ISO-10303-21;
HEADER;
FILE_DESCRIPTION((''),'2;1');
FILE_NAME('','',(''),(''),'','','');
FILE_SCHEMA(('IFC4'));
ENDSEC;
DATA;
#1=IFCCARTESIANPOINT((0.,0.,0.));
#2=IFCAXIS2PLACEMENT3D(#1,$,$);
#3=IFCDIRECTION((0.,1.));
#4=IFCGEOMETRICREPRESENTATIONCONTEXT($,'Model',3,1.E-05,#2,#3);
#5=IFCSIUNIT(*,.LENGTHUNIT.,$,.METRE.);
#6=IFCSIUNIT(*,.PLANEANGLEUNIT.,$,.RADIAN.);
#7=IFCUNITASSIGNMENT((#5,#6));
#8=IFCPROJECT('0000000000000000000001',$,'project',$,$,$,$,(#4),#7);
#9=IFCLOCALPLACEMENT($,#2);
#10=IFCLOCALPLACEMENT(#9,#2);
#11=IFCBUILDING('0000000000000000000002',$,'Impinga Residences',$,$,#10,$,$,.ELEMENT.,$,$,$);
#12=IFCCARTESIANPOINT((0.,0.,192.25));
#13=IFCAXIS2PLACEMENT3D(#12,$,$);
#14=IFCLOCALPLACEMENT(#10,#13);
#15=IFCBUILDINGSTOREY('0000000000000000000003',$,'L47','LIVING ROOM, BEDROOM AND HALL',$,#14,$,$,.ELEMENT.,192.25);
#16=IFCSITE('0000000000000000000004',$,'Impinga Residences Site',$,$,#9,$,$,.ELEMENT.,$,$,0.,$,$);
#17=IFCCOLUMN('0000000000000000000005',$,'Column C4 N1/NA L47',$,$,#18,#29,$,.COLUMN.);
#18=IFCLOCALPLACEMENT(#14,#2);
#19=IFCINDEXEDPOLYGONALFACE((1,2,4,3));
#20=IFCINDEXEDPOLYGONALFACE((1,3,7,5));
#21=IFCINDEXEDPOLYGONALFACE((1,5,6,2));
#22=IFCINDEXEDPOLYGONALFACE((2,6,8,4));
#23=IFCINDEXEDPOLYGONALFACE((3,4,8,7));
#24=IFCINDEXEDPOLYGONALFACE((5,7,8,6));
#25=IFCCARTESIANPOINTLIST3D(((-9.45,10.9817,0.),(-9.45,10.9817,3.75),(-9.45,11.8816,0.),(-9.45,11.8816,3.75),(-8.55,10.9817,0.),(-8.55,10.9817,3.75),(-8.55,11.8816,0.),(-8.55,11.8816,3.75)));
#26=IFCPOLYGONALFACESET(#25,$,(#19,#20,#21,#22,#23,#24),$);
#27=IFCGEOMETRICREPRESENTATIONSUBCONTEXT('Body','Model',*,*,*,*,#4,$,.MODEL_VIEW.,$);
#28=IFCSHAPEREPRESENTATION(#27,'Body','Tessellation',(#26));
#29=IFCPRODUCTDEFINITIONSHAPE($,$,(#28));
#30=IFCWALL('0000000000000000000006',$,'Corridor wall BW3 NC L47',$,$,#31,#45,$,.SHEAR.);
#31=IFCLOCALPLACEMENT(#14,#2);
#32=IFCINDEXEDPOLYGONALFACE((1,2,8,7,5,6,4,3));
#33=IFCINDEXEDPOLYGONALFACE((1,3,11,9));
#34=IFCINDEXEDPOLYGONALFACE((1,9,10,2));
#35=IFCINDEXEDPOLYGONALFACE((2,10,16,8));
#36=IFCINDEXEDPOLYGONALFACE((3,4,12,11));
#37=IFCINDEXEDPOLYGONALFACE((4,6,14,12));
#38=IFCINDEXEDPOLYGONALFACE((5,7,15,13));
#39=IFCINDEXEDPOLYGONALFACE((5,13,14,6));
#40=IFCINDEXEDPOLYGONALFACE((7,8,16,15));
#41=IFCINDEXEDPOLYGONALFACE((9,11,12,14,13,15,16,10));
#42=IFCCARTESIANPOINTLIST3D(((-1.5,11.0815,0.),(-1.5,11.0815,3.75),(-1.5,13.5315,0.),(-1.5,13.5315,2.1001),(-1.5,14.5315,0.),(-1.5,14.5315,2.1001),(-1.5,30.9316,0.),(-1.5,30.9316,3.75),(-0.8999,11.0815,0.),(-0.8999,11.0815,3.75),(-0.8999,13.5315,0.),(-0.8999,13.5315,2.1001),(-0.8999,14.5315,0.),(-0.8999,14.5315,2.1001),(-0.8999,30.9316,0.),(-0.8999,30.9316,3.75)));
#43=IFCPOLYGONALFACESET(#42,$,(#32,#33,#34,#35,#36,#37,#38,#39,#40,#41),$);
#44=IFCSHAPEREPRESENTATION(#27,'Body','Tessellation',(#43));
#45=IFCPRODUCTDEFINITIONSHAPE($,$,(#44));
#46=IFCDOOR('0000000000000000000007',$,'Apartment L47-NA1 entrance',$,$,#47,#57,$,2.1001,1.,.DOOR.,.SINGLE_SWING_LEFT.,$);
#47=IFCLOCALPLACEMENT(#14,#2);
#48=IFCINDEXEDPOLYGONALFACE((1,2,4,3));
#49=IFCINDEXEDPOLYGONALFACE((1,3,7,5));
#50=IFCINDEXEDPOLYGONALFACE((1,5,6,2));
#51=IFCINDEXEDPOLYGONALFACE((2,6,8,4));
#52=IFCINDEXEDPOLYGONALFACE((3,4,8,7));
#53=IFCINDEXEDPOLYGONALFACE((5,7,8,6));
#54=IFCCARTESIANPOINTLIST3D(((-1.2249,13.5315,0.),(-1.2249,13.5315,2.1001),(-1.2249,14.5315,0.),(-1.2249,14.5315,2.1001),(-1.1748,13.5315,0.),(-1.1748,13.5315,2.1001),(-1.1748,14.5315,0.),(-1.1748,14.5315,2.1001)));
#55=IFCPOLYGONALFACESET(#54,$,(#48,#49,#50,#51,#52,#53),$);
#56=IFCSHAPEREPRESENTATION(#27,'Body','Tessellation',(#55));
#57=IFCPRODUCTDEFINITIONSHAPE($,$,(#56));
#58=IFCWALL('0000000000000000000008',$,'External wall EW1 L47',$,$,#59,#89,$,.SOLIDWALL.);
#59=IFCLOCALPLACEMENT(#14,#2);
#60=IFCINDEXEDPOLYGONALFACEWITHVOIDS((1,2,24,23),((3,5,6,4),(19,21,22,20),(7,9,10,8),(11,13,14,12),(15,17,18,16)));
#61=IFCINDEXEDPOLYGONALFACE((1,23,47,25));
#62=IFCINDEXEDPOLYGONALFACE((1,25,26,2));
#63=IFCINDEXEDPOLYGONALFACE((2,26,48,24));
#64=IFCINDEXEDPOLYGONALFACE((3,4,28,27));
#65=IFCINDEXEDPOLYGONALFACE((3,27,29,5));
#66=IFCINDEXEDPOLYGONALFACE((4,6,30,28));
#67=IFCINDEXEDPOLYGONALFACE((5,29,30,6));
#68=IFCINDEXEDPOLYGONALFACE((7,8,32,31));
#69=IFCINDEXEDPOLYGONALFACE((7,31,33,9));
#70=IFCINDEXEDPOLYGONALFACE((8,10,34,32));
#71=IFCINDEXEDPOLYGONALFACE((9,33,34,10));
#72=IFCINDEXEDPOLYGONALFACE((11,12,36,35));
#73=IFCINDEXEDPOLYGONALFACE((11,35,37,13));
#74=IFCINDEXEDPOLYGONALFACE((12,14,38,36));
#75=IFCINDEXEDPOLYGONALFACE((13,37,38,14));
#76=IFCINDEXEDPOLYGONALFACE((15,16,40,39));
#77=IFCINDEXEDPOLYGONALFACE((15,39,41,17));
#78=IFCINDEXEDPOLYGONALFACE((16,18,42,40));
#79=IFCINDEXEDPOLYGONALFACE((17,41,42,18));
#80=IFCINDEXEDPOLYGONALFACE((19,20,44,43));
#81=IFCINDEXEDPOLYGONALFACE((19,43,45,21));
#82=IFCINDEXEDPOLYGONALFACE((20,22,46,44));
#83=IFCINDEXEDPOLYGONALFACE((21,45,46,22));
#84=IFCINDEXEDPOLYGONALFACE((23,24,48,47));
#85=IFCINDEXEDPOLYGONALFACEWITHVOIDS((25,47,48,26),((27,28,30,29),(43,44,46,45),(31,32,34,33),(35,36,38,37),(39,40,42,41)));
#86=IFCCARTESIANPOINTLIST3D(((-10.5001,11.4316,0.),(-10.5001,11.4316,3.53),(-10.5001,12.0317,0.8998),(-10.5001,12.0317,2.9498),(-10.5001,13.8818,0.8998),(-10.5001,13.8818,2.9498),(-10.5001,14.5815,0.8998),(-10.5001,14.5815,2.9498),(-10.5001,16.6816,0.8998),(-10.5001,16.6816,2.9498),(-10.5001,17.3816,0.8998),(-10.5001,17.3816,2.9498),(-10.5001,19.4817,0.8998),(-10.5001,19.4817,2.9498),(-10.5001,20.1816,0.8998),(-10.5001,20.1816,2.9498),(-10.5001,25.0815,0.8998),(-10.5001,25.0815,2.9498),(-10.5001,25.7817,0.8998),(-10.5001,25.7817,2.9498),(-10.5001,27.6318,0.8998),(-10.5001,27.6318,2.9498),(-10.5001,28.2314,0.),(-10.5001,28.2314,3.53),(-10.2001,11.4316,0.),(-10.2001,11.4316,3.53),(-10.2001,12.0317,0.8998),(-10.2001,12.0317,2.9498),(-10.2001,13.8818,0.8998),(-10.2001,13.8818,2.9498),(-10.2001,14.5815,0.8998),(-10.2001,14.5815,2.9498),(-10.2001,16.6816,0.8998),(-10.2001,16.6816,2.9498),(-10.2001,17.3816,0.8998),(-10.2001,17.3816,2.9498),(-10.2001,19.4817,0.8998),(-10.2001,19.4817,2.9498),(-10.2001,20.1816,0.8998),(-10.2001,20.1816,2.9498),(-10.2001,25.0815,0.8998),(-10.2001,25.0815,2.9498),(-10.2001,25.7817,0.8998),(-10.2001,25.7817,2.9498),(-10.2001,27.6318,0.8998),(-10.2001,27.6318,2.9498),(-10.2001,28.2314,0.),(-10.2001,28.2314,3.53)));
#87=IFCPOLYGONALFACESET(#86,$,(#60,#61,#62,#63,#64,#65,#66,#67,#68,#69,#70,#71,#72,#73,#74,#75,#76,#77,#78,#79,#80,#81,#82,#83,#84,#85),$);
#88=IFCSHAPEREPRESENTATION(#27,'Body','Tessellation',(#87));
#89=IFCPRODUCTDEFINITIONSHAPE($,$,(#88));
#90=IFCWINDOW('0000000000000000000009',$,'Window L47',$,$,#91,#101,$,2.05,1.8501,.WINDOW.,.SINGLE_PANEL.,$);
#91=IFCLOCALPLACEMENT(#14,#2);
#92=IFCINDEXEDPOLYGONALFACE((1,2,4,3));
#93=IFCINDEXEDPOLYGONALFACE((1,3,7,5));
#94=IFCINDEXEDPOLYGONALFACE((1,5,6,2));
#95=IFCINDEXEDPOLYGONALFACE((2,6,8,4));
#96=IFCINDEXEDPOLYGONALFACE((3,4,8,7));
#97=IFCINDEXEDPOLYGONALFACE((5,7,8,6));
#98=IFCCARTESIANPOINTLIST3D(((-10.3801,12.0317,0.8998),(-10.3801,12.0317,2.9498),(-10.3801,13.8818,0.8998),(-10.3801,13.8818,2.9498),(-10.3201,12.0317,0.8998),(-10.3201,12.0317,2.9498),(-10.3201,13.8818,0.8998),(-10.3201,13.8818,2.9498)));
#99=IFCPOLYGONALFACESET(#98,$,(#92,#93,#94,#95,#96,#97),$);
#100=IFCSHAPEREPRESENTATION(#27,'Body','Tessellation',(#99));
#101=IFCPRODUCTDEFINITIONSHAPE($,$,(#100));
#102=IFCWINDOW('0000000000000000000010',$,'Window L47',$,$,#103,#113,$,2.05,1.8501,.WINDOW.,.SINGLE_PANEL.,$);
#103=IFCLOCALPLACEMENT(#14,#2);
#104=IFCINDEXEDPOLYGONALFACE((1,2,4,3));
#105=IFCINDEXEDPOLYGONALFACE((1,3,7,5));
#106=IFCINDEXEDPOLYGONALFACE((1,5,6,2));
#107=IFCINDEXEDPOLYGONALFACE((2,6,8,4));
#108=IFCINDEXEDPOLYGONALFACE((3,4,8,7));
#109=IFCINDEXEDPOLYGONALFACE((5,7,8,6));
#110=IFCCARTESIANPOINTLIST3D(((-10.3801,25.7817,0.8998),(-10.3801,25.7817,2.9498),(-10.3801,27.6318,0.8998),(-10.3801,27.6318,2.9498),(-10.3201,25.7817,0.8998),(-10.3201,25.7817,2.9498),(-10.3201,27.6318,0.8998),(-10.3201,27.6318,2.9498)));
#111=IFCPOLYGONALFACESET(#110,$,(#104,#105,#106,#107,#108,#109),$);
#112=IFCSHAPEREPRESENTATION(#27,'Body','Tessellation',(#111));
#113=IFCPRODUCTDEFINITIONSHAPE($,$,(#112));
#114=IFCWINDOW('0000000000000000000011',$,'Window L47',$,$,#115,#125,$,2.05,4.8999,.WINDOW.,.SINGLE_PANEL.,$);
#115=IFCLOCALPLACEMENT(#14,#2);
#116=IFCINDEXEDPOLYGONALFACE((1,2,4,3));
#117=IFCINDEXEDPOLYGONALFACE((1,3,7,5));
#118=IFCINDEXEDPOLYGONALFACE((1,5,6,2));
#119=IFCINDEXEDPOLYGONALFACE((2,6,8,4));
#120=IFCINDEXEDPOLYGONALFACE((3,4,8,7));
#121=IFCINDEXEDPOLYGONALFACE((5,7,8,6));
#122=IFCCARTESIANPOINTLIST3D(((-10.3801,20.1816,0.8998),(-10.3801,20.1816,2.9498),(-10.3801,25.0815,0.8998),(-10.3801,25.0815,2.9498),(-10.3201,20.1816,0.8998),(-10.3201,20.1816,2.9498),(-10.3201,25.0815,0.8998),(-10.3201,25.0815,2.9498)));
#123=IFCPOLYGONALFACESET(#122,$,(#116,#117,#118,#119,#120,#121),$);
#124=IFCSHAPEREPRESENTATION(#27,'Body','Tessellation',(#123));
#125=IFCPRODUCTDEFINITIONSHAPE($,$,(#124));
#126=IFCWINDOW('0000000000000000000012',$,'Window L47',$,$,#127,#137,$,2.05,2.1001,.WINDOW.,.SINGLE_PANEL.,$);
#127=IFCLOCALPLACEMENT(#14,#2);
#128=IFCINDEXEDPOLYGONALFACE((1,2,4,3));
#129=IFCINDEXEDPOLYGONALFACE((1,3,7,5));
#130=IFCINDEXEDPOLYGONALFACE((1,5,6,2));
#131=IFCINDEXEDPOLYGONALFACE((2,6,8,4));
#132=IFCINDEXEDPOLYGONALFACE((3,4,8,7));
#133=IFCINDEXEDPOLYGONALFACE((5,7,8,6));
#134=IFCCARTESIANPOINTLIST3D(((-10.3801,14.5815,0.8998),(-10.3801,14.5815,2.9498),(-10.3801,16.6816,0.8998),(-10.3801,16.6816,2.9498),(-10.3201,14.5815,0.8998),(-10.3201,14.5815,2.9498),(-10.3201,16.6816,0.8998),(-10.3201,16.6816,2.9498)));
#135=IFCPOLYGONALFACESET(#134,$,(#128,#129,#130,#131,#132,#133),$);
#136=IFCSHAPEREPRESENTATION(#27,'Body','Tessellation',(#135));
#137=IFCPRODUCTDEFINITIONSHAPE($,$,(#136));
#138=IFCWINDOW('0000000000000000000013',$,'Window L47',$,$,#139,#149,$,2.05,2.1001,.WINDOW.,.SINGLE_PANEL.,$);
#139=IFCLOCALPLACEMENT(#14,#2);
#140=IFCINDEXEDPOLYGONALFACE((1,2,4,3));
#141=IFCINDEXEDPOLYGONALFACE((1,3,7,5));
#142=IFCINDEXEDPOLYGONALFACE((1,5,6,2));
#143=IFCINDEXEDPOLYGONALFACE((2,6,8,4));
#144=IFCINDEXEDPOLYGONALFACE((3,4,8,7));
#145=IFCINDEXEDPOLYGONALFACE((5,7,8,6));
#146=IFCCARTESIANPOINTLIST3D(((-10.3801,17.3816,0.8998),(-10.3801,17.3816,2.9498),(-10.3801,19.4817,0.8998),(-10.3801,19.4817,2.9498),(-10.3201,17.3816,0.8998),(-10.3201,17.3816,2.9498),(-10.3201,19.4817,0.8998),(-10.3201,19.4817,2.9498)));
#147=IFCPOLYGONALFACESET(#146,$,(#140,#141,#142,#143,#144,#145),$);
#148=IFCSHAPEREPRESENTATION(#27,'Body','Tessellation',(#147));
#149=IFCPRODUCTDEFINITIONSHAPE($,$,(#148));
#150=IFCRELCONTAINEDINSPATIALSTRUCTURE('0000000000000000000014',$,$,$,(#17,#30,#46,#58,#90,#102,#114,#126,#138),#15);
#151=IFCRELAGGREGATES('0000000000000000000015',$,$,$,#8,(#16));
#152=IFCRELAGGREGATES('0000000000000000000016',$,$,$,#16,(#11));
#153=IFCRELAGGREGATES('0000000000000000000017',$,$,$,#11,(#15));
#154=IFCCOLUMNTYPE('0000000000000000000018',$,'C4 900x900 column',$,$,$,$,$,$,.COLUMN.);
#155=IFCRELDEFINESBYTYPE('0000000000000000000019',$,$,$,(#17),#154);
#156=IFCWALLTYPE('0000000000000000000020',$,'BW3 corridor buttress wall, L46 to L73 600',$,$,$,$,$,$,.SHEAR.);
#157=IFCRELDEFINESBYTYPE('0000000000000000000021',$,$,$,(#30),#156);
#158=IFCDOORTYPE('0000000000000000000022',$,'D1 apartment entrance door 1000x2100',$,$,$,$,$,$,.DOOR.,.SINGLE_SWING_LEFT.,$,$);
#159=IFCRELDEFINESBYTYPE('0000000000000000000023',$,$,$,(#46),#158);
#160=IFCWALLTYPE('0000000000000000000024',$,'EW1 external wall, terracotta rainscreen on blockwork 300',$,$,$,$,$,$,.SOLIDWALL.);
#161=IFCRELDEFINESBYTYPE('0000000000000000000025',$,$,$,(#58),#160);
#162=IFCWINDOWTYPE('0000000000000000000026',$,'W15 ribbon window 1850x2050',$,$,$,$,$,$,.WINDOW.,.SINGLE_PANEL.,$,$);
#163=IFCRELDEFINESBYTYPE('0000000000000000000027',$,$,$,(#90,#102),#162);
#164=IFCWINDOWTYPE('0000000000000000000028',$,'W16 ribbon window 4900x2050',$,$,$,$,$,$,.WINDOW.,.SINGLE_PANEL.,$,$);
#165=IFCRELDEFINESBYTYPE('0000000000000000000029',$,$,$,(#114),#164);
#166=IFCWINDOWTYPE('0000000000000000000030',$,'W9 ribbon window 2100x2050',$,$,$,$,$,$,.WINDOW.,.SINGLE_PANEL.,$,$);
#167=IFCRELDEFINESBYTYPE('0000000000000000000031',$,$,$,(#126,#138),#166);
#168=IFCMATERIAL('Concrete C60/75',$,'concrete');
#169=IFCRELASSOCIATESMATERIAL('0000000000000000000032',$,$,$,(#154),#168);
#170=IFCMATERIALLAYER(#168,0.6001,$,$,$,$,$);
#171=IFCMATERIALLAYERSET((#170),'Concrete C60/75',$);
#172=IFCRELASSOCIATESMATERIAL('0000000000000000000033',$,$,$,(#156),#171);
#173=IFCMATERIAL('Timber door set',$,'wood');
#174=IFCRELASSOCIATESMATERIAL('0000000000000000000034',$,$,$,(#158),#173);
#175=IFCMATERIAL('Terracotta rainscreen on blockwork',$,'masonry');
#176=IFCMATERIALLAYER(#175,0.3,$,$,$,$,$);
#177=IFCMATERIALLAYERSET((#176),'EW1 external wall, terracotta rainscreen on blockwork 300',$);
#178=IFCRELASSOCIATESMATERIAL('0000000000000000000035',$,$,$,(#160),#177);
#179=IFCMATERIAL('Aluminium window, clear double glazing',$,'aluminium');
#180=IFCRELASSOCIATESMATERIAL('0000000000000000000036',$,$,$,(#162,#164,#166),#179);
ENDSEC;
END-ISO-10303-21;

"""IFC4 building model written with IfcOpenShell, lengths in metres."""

from ifc_helpers import new_model, si_unit, direction, frame, frame_2d, origin, origin_2d, place, context, subcontext, project, spatial, rectangle, extrude, material, layer, layer_set, material_profile, profile_set, type_object, element, fill, save


model = new_model("IFC4")

# Units and contexts
model_context = context("Model", 3, precision=1e-05, world=origin(), true_north=direction((0.0, 1.0)))
body_context = subcontext(model_context, "Body", "Model", "MODEL_VIEW")
ifc_project = project(units=[si_unit("LENGTHUNIT", "METRE"), si_unit("PLANEANGLEUNIT", "RADIAN")], contexts=[model_context])

# Site, building, storey
site_placement = place(None, origin())
site = spatial("IfcSite", under=ifc_project, at=site_placement, Name="Impinga Residences Site", CompositionType="ELEMENT", RefElevation=0.0)
building_placement = place(site_placement, origin())
building = spatial("IfcBuilding", under=site, at=building_placement, Name="Impinga Residences", CompositionType="ELEMENT")
storey_placement = place(building_placement, frame((0.0, 0.0, 192.25)))
storey = spatial("IfcBuildingStorey", under=building, at=storey_placement, Name="L47", Description="LIVING ROOM, BEDROOM AND HALL", CompositionType="ELEMENT", Elevation=192.25)

# Column
ifc_material_1 = material(Name="Concrete C60/75", Category="concrete")
ifc_material_profile = material_profile(ifc_material_1, rectangle(XDim=0.8999, YDim=0.8999, at=origin_2d()), Name="RC 900x900")
ifc_profile_set = profile_set([ifc_material_profile], Name="Concrete C60/75")
column_type = type_object("IfcColumnType", Name="C4 900x900 column", PredefinedType="COLUMN", material=ifc_profile_set)
column_placement = place(storey_placement, frame((-9.0, 11.4316, 0.0), z_axis=(0.0, 0.0, 1.0), x_axis=(1.0, 0.0, 0.0)))
element("IfcColumn", 1, at=column_placement, inside=storey, type_object=column_type, Name="Column C4 N1/NA L47", PredefinedType="COLUMN", context=body_context, shape_type="SweptSolid", body=[
    extrude(rectangle(XDim=0.8999, YDim=0.8999, at=origin_2d()), origin(), (0.0, 0.0, 1.0), 3.75),
])

# Wall, opening, door
ifc_layer_1 = layer(ifc_material_1, 0.6001)
ifc_layer_set_1 = layer_set([ifc_layer_1], Name="Concrete C60/75")
wall_type_1 = type_object("IfcWallType", Name="BW3 corridor buttress wall, L46 to L73 600", PredefinedType="SHEAR", material=ifc_layer_set_1)
wall_1_placement = place(storey_placement, frame((-1.2, 11.0815, 0.0), z_axis=(0.0, 0.0, 1.0), x_axis=(0.0, 1.0, 0.0)))
wall_1 = element("IfcWall", 2, at=wall_1_placement, inside=storey, type_object=wall_type_1, Name="Corridor wall BW3 NC L47", PredefinedType="SHEAR", context=body_context, shape_type="SweptSolid", body=[
    extrude(rectangle(XDim=19.8501, YDim=0.6001, at=frame_2d((9.925, 0.0))), origin(), (0.0, 0.0, 1.0), 3.75),
])
opening_1_placement = place(wall_1_placement, frame((2.45, 0.0, 0.0)))
opening_1 = element("IfcOpeningElement", 3, at=opening_1_placement, cuts=wall_1, PredefinedType="OPENING", context=body_context, shape_type="SweptSolid", body=[
    extrude(rectangle(XDim=1.0, YDim=2.1001, at=frame_2d((0.5, 1.05))), frame((0.0, 0.3101, 0.0), z_axis=(0.0, -1.0, 0.0), x_axis=(1.0, 0.0, 0.0)), (0.0, 0.0, 1.0), 0.6201),
])
ifc_material_2 = material(Name="Timber door set", Category="wood")
door_type_1 = type_object("IfcDoorType", Name="D1 apartment entrance door 1000x2100", OperationType="SINGLE_SWING_LEFT", PredefinedType="DOOR", material=ifc_material_2)
door_1_placement = place(opening_1_placement, origin())
door_1 = element("IfcDoor", 4, at=door_1_placement, inside=storey, type_object=door_type_1, Name="Apartment L47-NA1 entrance", OperationType="SINGLE_SWING_LEFT", OverallHeight=2.1001, OverallWidth=1.0, PredefinedType="DOOR", context=body_context, shape_type="SweptSolid", body=[
    extrude(rectangle(XDim=1.0, YDim=2.1001, at=frame_2d((0.5, 1.05))), frame((0.0, 0.0249, 0.0), z_axis=(0.0, -1.0, 0.0), x_axis=(1.0, 0.0, 0.0)), (0.0, 0.0, 1.0), 0.05),
])
fill(opening_1, door_1)

# Wall, openings, windows
ifc_material_3 = material(Name="Terracotta rainscreen on blockwork", Category="masonry")
ifc_layer_2 = layer(ifc_material_3, 0.3)
ifc_layer_set_2 = layer_set([ifc_layer_2], Name="EW1 external wall, terracotta rainscreen on blockwork 300")
wall_type_2 = type_object("IfcWallType", Name="EW1 external wall, terracotta rainscreen on blockwork 300", PredefinedType="SOLIDWALL", material=ifc_layer_set_2)
wall_2_placement = place(storey_placement, frame((-10.3501, 11.4316, 0.0), z_axis=(0.0, 0.0, 1.0), x_axis=(0.0, 1.0, 0.0)))
wall_2 = element("IfcWall", 5, at=wall_2_placement, inside=storey, type_object=wall_type_2, Name="External wall EW1 L47", PredefinedType="SOLIDWALL", context=body_context, shape_type="SweptSolid", body=[
    extrude(rectangle(XDim=16.7998, YDim=0.3, at=frame_2d((8.3999, 0.0))), origin(), (0.0, 0.0, 1.0), 3.53),
])
opening_2_placement = place(wall_2_placement, frame((0.6001, 0.0, 0.8999)))
opening_2 = element("IfcOpeningElement", 6, at=opening_2_placement, cuts=wall_2, PredefinedType="OPENING", context=body_context, shape_type="SweptSolid", body=[
    extrude(rectangle(XDim=1.8501, YDim=2.05, at=frame_2d((0.925, 1.0249))), frame((0.0, 0.1599, 0.0), z_axis=(0.0, -1.0, 0.0), x_axis=(1.0, 0.0, 0.0)), (0.0, 0.0, 1.0), 0.3201),
])
opening_3_placement = place(wall_2_placement, frame((3.1499, 0.0, 0.8999)))
opening_3 = element("IfcOpeningElement", 7, at=opening_3_placement, cuts=wall_2, PredefinedType="OPENING", context=body_context, shape_type="SweptSolid", body=[
    extrude(rectangle(XDim=2.1001, YDim=2.05, at=frame_2d((1.05, 1.0249))), frame((0.0, 0.1599, 0.0), z_axis=(0.0, -1.0, 0.0), x_axis=(1.0, 0.0, 0.0)), (0.0, 0.0, 1.0), 0.3201),
])
opening_4_placement = place(wall_2_placement, frame((5.95, 0.0, 0.8999)))
opening_4 = element("IfcOpeningElement", 8, at=opening_4_placement, cuts=wall_2, PredefinedType="OPENING", context=body_context, shape_type="SweptSolid", body=[
    extrude(rectangle(XDim=2.1001, YDim=2.05, at=frame_2d((1.05, 1.0249))), frame((0.0, 0.1599, 0.0), z_axis=(0.0, -1.0, 0.0), x_axis=(1.0, 0.0, 0.0)), (0.0, 0.0, 1.0), 0.3201),
])
opening_5_placement = place(wall_2_placement, frame((8.75, 0.0, 0.8999)))
opening_5 = element("IfcOpeningElement", 9, at=opening_5_placement, cuts=wall_2, PredefinedType="OPENING", context=body_context, shape_type="SweptSolid", body=[
    extrude(rectangle(XDim=4.8999, YDim=2.05, at=frame_2d((2.45, 1.0249))), frame((0.0, 0.1599, 0.0), z_axis=(0.0, -1.0, 0.0), x_axis=(1.0, 0.0, 0.0)), (0.0, 0.0, 1.0), 0.3201),
])
opening_6_placement = place(wall_2_placement, frame((14.3501, 0.0, 0.8999)))
opening_6 = element("IfcOpeningElement", 10, at=opening_6_placement, cuts=wall_2, PredefinedType="OPENING", context=body_context, shape_type="SweptSolid", body=[
    extrude(rectangle(XDim=1.8501, YDim=2.05, at=frame_2d((0.925, 1.0249))), frame((0.0, 0.1599, 0.0), z_axis=(0.0, -1.0, 0.0), x_axis=(1.0, 0.0, 0.0)), (0.0, 0.0, 1.0), 0.3201),
])
ifc_material_4 = material(Name="Aluminium window, clear double glazing", Category="aluminium")
window_type_1 = type_object("IfcWindowType", Name="W15 ribbon window 1850x2050", PartitioningType="SINGLE_PANEL", PredefinedType="WINDOW", material=ifc_material_4)
window_1_placement = place(opening_2_placement, origin())
window_1 = element("IfcWindow", 11, at=window_1_placement, inside=storey, type_object=window_type_1, Name="Window L47", OverallHeight=2.05, OverallWidth=1.8501, PartitioningType="SINGLE_PANEL", PredefinedType="WINDOW", context=body_context, shape_type="SweptSolid", body=[
    extrude(rectangle(XDim=1.8501, YDim=2.05, at=frame_2d((0.925, 1.0249))), frame((0.0, 0.03, 0.0), z_axis=(0.0, -1.0, 0.0), x_axis=(1.0, 0.0, 0.0)), (0.0, 0.0, 1.0), 0.0601),
])
fill(opening_2, window_1)
window_2_placement = place(opening_6_placement, origin())
window_2 = element("IfcWindow", 12, at=window_2_placement, inside=storey, type_object=window_type_1, Name="Window L47", OverallHeight=2.05, OverallWidth=1.8501, PartitioningType="SINGLE_PANEL", PredefinedType="WINDOW", context=body_context, shape_type="SweptSolid", body=[
    extrude(rectangle(XDim=1.8501, YDim=2.05, at=frame_2d((0.925, 1.0249))), frame((0.0, 0.03, 0.0), z_axis=(0.0, -1.0, 0.0), x_axis=(1.0, 0.0, 0.0)), (0.0, 0.0, 1.0), 0.0601),
])
fill(opening_6, window_2)
window_type_2 = type_object("IfcWindowType", Name="W16 ribbon window 4900x2050", PartitioningType="SINGLE_PANEL", PredefinedType="WINDOW", material=ifc_material_4)
window_3_placement = place(opening_5_placement, origin())
window_3 = element("IfcWindow", 13, at=window_3_placement, inside=storey, type_object=window_type_2, Name="Window L47", OverallHeight=2.05, OverallWidth=4.8999, PartitioningType="SINGLE_PANEL", PredefinedType="WINDOW", context=body_context, shape_type="SweptSolid", body=[
    extrude(rectangle(XDim=4.8999, YDim=2.05, at=frame_2d((2.45, 1.0249))), frame((0.0, 0.03, 0.0), z_axis=(0.0, -1.0, 0.0), x_axis=(1.0, 0.0, 0.0)), (0.0, 0.0, 1.0), 0.0601),
])
fill(opening_5, window_3)
window_type_3 = type_object("IfcWindowType", Name="W9 ribbon window 2100x2050", PartitioningType="SINGLE_PANEL", PredefinedType="WINDOW", material=ifc_material_4)
window_4_placement = place(opening_3_placement, origin())
window_4 = element("IfcWindow", 14, at=window_4_placement, inside=storey, type_object=window_type_3, Name="Window L47", OverallHeight=2.05, OverallWidth=2.1001, PartitioningType="SINGLE_PANEL", PredefinedType="WINDOW", context=body_context, shape_type="SweptSolid", body=[
    extrude(rectangle(XDim=2.1001, YDim=2.05, at=frame_2d((1.05, 1.0249))), frame((0.0, 0.03, 0.0), z_axis=(0.0, -1.0, 0.0), x_axis=(1.0, 0.0, 0.0)), (0.0, 0.0, 1.0), 0.0601),
])
fill(opening_3, window_4)
window_5_placement = place(opening_4_placement, origin())
window_5 = element("IfcWindow", 15, at=window_5_placement, inside=storey, type_object=window_type_3, Name="Window L47", OverallHeight=2.05, OverallWidth=2.1001, PartitioningType="SINGLE_PANEL", PredefinedType="WINDOW", context=body_context, shape_type="SweptSolid", body=[
    extrude(rectangle(XDim=2.1001, YDim=2.05, at=frame_2d((1.05, 1.0249))), frame((0.0, 0.03, 0.0), z_axis=(0.0, -1.0, 0.0), x_axis=(1.0, 0.0, 0.0)), (0.0, 0.0, 1.0), 0.0601),
])
fill(opening_4, window_5)

save(model, "model.ifc")
